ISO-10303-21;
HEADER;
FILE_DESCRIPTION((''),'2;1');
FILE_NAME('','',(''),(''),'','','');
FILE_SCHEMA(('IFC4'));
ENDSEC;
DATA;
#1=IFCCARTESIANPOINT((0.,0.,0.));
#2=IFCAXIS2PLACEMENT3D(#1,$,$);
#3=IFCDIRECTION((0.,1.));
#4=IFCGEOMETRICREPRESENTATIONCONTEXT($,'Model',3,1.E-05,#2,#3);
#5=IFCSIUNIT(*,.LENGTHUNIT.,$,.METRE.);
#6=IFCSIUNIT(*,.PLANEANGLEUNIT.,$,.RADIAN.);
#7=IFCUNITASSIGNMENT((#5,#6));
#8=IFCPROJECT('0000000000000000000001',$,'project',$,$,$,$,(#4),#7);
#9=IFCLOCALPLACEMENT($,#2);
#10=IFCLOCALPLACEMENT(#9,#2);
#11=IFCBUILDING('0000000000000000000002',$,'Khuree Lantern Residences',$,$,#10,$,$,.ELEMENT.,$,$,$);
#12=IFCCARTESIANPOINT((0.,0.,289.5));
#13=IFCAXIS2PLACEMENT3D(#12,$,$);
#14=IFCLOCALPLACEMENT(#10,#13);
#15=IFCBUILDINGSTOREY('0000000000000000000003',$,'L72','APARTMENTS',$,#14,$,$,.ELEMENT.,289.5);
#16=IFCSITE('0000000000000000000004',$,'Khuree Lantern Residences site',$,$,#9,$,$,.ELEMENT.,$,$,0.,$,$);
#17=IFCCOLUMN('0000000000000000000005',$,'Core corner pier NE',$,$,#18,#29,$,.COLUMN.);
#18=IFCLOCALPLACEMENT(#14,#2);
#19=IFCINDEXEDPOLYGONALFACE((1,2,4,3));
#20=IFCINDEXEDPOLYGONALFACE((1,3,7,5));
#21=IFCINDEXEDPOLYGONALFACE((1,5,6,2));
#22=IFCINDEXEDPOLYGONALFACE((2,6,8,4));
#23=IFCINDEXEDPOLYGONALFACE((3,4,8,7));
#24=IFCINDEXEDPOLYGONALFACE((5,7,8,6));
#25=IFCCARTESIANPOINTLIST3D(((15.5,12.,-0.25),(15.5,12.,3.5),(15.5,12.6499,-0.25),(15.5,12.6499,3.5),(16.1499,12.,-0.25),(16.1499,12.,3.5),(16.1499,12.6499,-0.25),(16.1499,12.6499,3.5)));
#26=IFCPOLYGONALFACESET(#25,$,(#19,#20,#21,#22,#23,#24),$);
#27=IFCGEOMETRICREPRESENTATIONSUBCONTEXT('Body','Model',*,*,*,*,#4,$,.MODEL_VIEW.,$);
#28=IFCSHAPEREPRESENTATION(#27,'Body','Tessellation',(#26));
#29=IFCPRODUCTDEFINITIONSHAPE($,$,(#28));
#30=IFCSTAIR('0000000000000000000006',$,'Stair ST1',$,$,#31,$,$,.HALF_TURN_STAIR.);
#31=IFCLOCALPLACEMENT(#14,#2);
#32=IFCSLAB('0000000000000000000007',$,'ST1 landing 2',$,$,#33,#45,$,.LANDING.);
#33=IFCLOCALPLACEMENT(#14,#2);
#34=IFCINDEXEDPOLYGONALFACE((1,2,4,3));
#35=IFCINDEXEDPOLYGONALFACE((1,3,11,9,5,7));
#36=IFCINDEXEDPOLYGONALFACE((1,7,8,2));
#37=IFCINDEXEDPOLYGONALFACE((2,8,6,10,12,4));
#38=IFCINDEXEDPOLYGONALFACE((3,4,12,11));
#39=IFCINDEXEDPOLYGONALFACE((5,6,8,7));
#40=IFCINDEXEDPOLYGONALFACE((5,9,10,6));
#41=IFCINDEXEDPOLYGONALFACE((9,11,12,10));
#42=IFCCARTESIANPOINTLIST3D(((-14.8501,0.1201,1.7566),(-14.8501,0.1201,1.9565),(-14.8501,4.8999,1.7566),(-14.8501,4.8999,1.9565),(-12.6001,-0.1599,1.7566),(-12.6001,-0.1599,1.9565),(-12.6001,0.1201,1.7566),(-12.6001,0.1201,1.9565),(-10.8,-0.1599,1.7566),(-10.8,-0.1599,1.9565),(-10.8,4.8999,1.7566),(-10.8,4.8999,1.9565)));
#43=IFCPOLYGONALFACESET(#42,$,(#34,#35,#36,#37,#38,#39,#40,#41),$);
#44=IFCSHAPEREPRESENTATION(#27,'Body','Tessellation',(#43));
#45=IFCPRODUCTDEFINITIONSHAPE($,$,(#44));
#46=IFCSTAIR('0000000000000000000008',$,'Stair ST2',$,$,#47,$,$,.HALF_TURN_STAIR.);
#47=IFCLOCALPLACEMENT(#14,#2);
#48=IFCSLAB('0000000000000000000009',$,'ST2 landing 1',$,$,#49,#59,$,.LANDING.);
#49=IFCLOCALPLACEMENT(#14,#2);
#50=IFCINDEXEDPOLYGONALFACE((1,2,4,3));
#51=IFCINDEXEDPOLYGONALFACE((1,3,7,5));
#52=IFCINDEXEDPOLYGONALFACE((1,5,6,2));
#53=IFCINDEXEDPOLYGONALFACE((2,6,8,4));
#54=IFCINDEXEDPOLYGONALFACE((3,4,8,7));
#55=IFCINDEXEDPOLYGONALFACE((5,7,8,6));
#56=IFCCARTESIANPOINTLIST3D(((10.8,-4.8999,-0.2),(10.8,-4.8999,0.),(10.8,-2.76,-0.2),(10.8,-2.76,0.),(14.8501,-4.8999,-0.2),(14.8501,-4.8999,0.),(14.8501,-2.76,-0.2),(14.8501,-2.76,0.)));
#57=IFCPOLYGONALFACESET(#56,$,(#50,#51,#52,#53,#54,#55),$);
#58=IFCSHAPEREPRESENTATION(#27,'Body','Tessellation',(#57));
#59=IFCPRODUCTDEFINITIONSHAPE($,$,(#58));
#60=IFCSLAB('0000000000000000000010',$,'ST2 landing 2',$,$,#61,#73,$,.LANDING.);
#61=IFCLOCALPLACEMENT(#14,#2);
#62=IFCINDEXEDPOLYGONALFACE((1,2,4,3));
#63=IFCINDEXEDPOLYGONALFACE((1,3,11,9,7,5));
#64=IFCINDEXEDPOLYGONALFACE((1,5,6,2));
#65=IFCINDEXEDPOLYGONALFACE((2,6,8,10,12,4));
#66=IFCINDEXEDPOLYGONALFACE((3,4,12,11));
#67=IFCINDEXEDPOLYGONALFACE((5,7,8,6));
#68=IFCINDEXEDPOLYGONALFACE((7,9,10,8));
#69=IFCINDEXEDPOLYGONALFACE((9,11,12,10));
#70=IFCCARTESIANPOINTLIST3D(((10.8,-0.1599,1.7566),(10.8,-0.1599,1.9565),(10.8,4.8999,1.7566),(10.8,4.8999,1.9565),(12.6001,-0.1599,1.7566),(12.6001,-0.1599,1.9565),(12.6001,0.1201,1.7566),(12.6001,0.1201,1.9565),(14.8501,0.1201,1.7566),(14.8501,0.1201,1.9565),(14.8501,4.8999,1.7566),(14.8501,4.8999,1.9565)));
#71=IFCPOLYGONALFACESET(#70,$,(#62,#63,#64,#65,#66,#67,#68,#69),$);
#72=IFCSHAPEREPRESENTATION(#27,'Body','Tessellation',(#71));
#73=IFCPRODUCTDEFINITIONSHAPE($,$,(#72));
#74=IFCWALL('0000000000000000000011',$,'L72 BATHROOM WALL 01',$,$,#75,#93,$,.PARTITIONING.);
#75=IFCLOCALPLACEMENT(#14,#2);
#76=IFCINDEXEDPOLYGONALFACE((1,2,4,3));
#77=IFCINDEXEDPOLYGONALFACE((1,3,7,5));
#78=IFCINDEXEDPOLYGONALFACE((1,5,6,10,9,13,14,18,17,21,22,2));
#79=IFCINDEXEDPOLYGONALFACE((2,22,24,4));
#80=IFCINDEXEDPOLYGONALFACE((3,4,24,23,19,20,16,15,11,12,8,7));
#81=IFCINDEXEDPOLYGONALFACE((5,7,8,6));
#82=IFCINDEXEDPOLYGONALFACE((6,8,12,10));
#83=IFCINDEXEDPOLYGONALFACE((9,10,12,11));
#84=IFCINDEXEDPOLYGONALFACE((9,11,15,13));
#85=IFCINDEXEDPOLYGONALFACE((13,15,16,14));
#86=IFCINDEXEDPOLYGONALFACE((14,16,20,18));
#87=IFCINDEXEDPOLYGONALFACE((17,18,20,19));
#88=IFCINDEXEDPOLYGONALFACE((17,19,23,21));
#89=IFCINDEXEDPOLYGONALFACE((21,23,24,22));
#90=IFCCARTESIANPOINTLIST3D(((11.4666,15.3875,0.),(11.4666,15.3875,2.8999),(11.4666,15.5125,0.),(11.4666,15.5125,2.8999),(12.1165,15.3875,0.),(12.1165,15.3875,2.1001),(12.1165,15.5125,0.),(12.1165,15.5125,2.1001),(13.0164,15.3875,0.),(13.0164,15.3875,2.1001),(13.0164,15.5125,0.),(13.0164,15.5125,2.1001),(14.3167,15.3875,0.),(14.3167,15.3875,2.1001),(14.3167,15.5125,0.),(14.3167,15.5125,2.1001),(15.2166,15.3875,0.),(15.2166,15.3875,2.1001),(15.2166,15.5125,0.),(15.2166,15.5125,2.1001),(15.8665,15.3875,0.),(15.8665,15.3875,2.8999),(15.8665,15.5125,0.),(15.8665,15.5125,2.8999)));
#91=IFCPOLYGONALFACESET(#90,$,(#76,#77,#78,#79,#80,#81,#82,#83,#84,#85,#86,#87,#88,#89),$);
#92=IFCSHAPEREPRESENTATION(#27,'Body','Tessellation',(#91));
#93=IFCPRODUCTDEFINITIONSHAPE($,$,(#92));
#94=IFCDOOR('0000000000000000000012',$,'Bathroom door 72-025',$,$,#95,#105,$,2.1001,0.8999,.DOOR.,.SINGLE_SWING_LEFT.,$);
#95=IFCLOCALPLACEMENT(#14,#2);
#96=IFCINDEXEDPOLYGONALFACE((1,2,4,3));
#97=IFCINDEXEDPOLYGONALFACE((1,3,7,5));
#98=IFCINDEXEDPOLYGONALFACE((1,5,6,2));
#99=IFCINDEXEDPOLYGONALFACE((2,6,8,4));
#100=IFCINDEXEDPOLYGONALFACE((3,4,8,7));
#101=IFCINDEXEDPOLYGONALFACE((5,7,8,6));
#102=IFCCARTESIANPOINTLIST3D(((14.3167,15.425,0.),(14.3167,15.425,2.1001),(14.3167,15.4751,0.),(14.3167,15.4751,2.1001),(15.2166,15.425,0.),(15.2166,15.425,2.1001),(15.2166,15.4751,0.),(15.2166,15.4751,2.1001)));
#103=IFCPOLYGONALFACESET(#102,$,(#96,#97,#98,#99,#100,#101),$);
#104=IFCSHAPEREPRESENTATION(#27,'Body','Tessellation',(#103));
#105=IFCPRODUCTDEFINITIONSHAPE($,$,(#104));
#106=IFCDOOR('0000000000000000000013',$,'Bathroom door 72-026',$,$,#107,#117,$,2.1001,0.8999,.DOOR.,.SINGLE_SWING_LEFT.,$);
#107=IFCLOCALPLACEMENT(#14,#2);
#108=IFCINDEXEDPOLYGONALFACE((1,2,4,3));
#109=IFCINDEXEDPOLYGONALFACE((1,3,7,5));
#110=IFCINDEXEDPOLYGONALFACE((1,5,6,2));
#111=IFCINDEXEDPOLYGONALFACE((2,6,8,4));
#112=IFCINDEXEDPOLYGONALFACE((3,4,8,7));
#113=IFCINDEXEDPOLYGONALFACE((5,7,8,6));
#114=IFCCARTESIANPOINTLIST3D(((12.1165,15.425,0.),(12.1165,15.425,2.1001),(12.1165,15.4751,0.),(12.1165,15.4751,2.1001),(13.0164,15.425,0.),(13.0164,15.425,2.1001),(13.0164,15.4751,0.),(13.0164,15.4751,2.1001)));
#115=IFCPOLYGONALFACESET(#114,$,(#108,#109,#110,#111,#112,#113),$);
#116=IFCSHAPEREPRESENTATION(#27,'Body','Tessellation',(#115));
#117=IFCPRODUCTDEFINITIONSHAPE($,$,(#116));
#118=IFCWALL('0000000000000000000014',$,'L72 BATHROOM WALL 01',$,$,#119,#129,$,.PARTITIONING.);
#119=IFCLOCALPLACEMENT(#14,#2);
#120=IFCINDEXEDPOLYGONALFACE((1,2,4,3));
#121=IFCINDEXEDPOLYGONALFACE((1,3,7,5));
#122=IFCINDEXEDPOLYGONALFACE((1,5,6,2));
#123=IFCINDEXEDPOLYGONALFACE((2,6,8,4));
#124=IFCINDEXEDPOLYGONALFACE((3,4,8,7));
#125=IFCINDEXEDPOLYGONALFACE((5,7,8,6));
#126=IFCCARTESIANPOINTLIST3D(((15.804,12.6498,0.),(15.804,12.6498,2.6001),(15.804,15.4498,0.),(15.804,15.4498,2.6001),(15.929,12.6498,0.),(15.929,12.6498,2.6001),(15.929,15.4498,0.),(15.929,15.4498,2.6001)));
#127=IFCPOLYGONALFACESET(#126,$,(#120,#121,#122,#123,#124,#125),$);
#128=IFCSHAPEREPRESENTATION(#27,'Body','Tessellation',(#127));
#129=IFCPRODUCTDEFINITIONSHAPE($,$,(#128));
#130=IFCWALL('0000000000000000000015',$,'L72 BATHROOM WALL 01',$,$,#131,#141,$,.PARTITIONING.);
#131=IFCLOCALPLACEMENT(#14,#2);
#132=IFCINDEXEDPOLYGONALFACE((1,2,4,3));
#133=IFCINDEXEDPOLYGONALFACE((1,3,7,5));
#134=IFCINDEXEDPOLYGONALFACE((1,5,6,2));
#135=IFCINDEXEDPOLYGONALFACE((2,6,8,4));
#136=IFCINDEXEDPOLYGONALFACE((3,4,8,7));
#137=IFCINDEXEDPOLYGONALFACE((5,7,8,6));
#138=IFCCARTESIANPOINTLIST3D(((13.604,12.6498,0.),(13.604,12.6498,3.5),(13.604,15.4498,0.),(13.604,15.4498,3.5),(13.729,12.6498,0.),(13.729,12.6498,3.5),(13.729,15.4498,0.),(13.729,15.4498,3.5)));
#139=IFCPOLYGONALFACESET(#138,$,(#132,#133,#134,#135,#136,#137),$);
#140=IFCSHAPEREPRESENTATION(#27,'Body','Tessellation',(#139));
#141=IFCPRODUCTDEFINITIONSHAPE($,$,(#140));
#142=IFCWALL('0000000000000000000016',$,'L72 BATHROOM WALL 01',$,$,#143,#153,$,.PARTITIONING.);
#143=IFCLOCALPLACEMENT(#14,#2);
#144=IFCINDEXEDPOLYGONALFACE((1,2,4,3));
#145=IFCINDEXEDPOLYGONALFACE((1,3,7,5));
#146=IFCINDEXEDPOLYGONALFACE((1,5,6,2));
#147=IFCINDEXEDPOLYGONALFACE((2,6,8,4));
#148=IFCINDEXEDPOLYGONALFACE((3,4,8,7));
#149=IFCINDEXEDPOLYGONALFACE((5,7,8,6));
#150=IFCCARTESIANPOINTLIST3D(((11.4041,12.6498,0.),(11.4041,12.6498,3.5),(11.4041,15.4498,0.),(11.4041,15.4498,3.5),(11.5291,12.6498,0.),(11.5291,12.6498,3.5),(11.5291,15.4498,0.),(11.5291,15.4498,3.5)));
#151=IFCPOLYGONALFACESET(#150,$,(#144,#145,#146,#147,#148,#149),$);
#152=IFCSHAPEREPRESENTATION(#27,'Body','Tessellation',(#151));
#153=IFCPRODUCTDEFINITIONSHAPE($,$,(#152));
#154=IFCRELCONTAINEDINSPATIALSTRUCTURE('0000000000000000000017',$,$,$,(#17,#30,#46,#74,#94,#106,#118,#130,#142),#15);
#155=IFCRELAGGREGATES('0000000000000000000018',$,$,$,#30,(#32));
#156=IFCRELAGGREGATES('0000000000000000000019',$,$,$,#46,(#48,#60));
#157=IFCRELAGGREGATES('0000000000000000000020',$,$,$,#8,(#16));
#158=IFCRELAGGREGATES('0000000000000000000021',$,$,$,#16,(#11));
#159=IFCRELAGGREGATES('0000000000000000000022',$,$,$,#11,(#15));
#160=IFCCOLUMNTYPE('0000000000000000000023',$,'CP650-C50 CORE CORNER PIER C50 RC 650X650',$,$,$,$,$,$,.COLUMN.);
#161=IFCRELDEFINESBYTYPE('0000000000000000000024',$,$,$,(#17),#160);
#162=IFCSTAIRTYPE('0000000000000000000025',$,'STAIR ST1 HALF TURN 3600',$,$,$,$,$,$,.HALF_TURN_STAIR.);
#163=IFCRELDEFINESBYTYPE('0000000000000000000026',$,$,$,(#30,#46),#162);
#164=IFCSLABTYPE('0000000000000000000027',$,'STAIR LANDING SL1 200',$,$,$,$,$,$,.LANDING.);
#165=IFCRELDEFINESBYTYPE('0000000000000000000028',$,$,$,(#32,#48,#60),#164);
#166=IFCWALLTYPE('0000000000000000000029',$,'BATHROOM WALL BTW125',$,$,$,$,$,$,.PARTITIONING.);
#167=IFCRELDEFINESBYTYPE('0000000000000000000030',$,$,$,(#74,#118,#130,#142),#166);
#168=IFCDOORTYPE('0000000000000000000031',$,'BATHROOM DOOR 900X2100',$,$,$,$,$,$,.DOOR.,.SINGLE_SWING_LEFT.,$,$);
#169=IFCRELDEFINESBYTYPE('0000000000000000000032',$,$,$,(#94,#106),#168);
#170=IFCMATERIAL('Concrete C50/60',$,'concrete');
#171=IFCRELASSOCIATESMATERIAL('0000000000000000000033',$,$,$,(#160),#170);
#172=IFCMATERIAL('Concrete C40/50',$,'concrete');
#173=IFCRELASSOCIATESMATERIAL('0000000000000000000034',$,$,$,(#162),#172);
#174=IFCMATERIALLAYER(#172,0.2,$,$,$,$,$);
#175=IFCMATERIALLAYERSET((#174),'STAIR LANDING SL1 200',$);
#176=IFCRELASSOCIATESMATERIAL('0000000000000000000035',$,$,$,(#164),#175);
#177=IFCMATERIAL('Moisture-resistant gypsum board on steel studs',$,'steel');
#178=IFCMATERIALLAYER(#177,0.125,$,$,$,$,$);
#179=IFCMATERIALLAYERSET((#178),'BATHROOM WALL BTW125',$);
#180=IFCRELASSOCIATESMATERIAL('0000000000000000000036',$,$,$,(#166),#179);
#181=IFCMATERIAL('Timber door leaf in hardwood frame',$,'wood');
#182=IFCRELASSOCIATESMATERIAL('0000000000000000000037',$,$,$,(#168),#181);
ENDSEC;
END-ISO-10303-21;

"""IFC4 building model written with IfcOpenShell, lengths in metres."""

from ifc_helpers import new_model, si_unit, direction, frame, frame_2d, origin, origin_2d, place, context, subcontext, project, spatial, polyline, rectangle, outline, extrude, material, layer, layer_set, material_profile, profile_set, type_object, element, fill, aggregate, save


model = new_model("IFC4")

# Units and contexts
model_context = context("Model", 3, precision=1e-05, world=origin(), true_north=direction((0.0, 1.0)))
body_context = subcontext(model_context, "Body", "Model", "MODEL_VIEW")
ifc_project = project(units=[si_unit("LENGTHUNIT", "METRE"), si_unit("PLANEANGLEUNIT", "RADIAN")], contexts=[model_context])

# Site, building, storey
site_placement = place(None, origin())
site = spatial("IfcSite", under=ifc_project, at=site_placement, Name="Khuree Lantern Residences site", CompositionType="ELEMENT", RefElevation=0.0)
building_placement = place(site_placement, origin())
building = spatial("IfcBuilding", under=site, at=building_placement, Name="Khuree Lantern Residences", CompositionType="ELEMENT")
storey_placement = place(building_placement, frame((0.0, 0.0, 289.5)))
storey = spatial("IfcBuildingStorey", under=building, at=storey_placement, Name="L72", Description="APARTMENTS", CompositionType="ELEMENT", Elevation=289.5)

# Column
ifc_material_1 = material(Name="Concrete C50/60", Category="concrete")
ifc_material_profile = material_profile(ifc_material_1, rectangle(XDim=0.6499, YDim=0.6499, at=origin_2d()), Name="RC 650X650")
ifc_profile_set = profile_set([ifc_material_profile], Name="Concrete C50/60")
column_type = type_object("IfcColumnType", Name="CP650-C50 CORE CORNER PIER C50 RC 650X650", PredefinedType="COLUMN", material=ifc_profile_set)
column_placement = place(storey_placement, frame((15.825, 12.325, -0.25), z_axis=(0.0, 0.0, 1.0), x_axis=(1.0, 0.0, 0.0)))
element("IfcColumn", 1, at=column_placement, inside=storey, type_object=column_type, Name="Core corner pier NE", PredefinedType="COLUMN", context=body_context, shape_type="SweptSolid", body=[
    extrude(rectangle(XDim=0.6499, YDim=0.6499, at=origin_2d()), origin(), (0.0, 0.0, 1.0), 3.75),
])

# Stair, slab
ifc_material_2 = material(Name="Concrete C40/50", Category="concrete")
stair_type = type_object("IfcStairType", Name="STAIR ST1 HALF TURN 3600", PredefinedType="HALF_TURN_STAIR", material=ifc_material_2)
stair_1_placement = place(storey_placement, origin())
stair_1 = element("IfcStair", 2, at=stair_1_placement, inside=storey, type_object=stair_type, Name="Stair ST1", PredefinedType="HALF_TURN_STAIR")
ifc_layer_1 = layer(ifc_material_2, 0.2)
ifc_layer_set_1 = layer_set([ifc_layer_1], Name="STAIR LANDING SL1 200")
slab_type = type_object("IfcSlabType", Name="STAIR LANDING SL1 200", PredefinedType="LANDING", material=ifc_layer_set_1)
slab_1_placement = place(storey_placement, frame((0.0, 0.0, 1.7566)))
slab_1 = element("IfcSlab", 3, at=slab_1_placement, type_object=slab_type, Name="ST1 landing 2", PredefinedType="LANDING", context=body_context, shape_type="SweptSolid", body=[
    extrude(outline(polyline([(-14.8501, 0.1201), (-14.8501, 4.8999), (-10.8, 4.8999), (-10.8, -0.1599), (-12.6001, -0.1599), (-12.6001, 0.1201), (-14.8501, 0.1201)])), origin(), (0.0, 0.0, 1.0), 0.2),
])
aggregate(stair_1, [slab_1])

# Stair, slabs
stair_2_placement = place(storey_placement, origin())
stair_2 = element("IfcStair", 4, at=stair_2_placement, inside=storey, type_object=stair_type, Name="Stair ST2", PredefinedType="HALF_TURN_STAIR")
slab_2_placement = place(storey_placement, frame((0.0, 0.0, -0.2)))
slab_2 = element("IfcSlab", 5, at=slab_2_placement, type_object=slab_type, Name="ST2 landing 1", PredefinedType="LANDING", context=body_context, shape_type="SweptSolid", body=[
    extrude(outline(polyline([(10.8, -4.8999), (14.8501, -4.8999), (14.8501, -2.76), (10.8, -2.76), (10.8, -4.8999)])), origin(), (0.0, 0.0, 1.0), 0.2),
])
slab_3_placement = place(storey_placement, frame((0.0, 0.0, 1.7566)))
slab_3 = element("IfcSlab", 6, at=slab_3_placement, type_object=slab_type, Name="ST2 landing 2", PredefinedType="LANDING", context=body_context, shape_type="SweptSolid", body=[
    extrude(outline(polyline([(14.8501, 4.8999), (14.8501, 0.1201), (12.6001, 0.1201), (12.6001, -0.1599), (10.8, -0.1599), (10.8, 4.8999), (14.8501, 4.8999)])), origin(), (0.0, 0.0, 1.0), 0.2),
])
aggregate(stair_2, [slab_2, slab_3])

# Wall, openings, doors
ifc_material_3 = material(Name="Moisture-resistant gypsum board on steel studs", Category="steel")
ifc_layer_2 = layer(ifc_material_3, 0.125)
ifc_layer_set_2 = layer_set([ifc_layer_2], Name="BATHROOM WALL BTW125")
wall_type_1 = type_object("IfcWallType", Name="BATHROOM WALL BTW125", PredefinedType="PARTITIONING", material=ifc_layer_set_2)
wall_1_placement = place(storey_placement, frame((15.8665, 15.45, 0.0), z_axis=(0.0, 0.0, 1.0), x_axis=(-1.0, 0.0, 0.0)))
wall_1 = element("IfcWall", 7, at=wall_1_placement, inside=storey, type_object=wall_type_1, Name="L72 BATHROOM WALL 01", PredefinedType="PARTITIONING", context=body_context, shape_type="SweptSolid", body=[
    extrude(rectangle(XDim=4.3999, YDim=0.125, at=frame_2d((2.2, 0.0))), origin(), (0.0, 0.0, 1.0), 2.8999),
])
opening_1_placement = place(wall_1_placement, frame((0.6499, 0.0, 0.0)))
opening_1 = element("IfcOpeningElement", 8, at=opening_1_placement, cuts=wall_1, PredefinedType="OPENING", context=body_context, shape_type="SweptSolid", body=[
    extrude(rectangle(XDim=0.8999, YDim=2.1001, at=frame_2d((0.45, 1.05))), frame((0.0, 0.0725, 0.0), z_axis=(0.0, -1.0, 0.0), x_axis=(1.0, 0.0, 0.0)), (0.0, 0.0, 1.0), 0.145),
])
opening_2_placement = place(wall_1_placement, frame((2.8501, 0.0, 0.0)))
opening_2 = element("IfcOpeningElement", 9, at=opening_2_placement, cuts=wall_1, PredefinedType="OPENING", context=body_context, shape_type="SweptSolid", body=[
    extrude(rectangle(XDim=0.8999, YDim=2.1001, at=frame_2d((0.45, 1.05))), frame((0.0, 0.0725, 0.0), z_axis=(0.0, -1.0, 0.0), x_axis=(1.0, 0.0, 0.0)), (0.0, 0.0, 1.0), 0.145),
])
ifc_material_4 = material(Name="Timber door leaf in hardwood frame", Category="wood")
door_type_1 = type_object("IfcDoorType", Name="BATHROOM DOOR 900X2100", OperationType="SINGLE_SWING_LEFT", PredefinedType="DOOR", material=ifc_material_4)
door_1_placement = place(opening_1_placement, origin())
door_1 = element("IfcDoor", 10, at=door_1_placement, inside=storey, type_object=door_type_1, Name="Bathroom door 72-025", OperationType="SINGLE_SWING_LEFT", OverallHeight=2.1001, OverallWidth=0.8999, PredefinedType="DOOR", context=body_context, shape_type="SweptSolid", body=[
    extrude(rectangle(XDim=0.8999, YDim=2.1001, at=frame_2d((0.45, 1.05))), frame((0.0, 0.0249, 0.0), z_axis=(0.0, -1.0, 0.0), x_axis=(1.0, 0.0, 0.0)), (0.0, 0.0, 1.0), 0.05),
])
fill(opening_1, door_1)
door_2_placement = place(opening_2_placement, origin())
door_2 = element("IfcDoor", 11, at=door_2_placement, inside=storey, type_object=door_type_1, Name="Bathroom door 72-026", OperationType="SINGLE_SWING_LEFT", OverallHeight=2.1001, OverallWidth=0.8999, PredefinedType="DOOR", context=body_context, shape_type="SweptSolid", body=[
    extrude(rectangle(XDim=0.8999, YDim=2.1001, at=frame_2d((0.45, 1.05))), frame((0.0, 0.0249, 0.0), z_axis=(0.0, -1.0, 0.0), x_axis=(1.0, 0.0, 0.0)), (0.0, 0.0, 1.0), 0.05),
])
fill(opening_2, door_2)

# Walls
wall_2_placement = place(storey_placement, frame((15.8665, 12.6499, 0.0), z_axis=(0.0, 0.0, 1.0), x_axis=(0.0, 1.0, 0.0)))
element("IfcWall", 12, at=wall_2_placement, inside=storey, type_object=wall_type_1, Name="L72 BATHROOM WALL 01", PredefinedType="PARTITIONING", context=body_context, shape_type="SweptSolid", body=[
    extrude(rectangle(XDim=2.8, YDim=0.125, at=frame_2d((1.3999, 0.0))), origin(), (0.0, 0.0, 1.0), 2.6001),
])
for number, where, z_axis, x_axis, name in (
    (13, (13.6665, 12.6499, 0.0), (0.0, 0.0, 1.0), (0.0, 1.0, 0.0), "L72 BATHROOM WALL 01"),
    (14, (11.4666, 12.6499, 0.0), (0.0, 0.0, 1.0), (0.0, 1.0, 0.0), "L72 BATHROOM WALL 01"),
):
    element("IfcWall", number, at=place(storey_placement, frame(where, z_axis=z_axis, x_axis=x_axis)), inside=storey, type_object=wall_type_1, Name=name, PredefinedType="PARTITIONING", context=body_context, shape_type="SweptSolid", body=[
        extrude(rectangle(XDim=2.8, YDim=0.125, at=frame_2d((1.3999, 0.0))), origin(), (0.0, 0.0, 1.0), 3.5),
    ])

save(model, "model.ifc")
